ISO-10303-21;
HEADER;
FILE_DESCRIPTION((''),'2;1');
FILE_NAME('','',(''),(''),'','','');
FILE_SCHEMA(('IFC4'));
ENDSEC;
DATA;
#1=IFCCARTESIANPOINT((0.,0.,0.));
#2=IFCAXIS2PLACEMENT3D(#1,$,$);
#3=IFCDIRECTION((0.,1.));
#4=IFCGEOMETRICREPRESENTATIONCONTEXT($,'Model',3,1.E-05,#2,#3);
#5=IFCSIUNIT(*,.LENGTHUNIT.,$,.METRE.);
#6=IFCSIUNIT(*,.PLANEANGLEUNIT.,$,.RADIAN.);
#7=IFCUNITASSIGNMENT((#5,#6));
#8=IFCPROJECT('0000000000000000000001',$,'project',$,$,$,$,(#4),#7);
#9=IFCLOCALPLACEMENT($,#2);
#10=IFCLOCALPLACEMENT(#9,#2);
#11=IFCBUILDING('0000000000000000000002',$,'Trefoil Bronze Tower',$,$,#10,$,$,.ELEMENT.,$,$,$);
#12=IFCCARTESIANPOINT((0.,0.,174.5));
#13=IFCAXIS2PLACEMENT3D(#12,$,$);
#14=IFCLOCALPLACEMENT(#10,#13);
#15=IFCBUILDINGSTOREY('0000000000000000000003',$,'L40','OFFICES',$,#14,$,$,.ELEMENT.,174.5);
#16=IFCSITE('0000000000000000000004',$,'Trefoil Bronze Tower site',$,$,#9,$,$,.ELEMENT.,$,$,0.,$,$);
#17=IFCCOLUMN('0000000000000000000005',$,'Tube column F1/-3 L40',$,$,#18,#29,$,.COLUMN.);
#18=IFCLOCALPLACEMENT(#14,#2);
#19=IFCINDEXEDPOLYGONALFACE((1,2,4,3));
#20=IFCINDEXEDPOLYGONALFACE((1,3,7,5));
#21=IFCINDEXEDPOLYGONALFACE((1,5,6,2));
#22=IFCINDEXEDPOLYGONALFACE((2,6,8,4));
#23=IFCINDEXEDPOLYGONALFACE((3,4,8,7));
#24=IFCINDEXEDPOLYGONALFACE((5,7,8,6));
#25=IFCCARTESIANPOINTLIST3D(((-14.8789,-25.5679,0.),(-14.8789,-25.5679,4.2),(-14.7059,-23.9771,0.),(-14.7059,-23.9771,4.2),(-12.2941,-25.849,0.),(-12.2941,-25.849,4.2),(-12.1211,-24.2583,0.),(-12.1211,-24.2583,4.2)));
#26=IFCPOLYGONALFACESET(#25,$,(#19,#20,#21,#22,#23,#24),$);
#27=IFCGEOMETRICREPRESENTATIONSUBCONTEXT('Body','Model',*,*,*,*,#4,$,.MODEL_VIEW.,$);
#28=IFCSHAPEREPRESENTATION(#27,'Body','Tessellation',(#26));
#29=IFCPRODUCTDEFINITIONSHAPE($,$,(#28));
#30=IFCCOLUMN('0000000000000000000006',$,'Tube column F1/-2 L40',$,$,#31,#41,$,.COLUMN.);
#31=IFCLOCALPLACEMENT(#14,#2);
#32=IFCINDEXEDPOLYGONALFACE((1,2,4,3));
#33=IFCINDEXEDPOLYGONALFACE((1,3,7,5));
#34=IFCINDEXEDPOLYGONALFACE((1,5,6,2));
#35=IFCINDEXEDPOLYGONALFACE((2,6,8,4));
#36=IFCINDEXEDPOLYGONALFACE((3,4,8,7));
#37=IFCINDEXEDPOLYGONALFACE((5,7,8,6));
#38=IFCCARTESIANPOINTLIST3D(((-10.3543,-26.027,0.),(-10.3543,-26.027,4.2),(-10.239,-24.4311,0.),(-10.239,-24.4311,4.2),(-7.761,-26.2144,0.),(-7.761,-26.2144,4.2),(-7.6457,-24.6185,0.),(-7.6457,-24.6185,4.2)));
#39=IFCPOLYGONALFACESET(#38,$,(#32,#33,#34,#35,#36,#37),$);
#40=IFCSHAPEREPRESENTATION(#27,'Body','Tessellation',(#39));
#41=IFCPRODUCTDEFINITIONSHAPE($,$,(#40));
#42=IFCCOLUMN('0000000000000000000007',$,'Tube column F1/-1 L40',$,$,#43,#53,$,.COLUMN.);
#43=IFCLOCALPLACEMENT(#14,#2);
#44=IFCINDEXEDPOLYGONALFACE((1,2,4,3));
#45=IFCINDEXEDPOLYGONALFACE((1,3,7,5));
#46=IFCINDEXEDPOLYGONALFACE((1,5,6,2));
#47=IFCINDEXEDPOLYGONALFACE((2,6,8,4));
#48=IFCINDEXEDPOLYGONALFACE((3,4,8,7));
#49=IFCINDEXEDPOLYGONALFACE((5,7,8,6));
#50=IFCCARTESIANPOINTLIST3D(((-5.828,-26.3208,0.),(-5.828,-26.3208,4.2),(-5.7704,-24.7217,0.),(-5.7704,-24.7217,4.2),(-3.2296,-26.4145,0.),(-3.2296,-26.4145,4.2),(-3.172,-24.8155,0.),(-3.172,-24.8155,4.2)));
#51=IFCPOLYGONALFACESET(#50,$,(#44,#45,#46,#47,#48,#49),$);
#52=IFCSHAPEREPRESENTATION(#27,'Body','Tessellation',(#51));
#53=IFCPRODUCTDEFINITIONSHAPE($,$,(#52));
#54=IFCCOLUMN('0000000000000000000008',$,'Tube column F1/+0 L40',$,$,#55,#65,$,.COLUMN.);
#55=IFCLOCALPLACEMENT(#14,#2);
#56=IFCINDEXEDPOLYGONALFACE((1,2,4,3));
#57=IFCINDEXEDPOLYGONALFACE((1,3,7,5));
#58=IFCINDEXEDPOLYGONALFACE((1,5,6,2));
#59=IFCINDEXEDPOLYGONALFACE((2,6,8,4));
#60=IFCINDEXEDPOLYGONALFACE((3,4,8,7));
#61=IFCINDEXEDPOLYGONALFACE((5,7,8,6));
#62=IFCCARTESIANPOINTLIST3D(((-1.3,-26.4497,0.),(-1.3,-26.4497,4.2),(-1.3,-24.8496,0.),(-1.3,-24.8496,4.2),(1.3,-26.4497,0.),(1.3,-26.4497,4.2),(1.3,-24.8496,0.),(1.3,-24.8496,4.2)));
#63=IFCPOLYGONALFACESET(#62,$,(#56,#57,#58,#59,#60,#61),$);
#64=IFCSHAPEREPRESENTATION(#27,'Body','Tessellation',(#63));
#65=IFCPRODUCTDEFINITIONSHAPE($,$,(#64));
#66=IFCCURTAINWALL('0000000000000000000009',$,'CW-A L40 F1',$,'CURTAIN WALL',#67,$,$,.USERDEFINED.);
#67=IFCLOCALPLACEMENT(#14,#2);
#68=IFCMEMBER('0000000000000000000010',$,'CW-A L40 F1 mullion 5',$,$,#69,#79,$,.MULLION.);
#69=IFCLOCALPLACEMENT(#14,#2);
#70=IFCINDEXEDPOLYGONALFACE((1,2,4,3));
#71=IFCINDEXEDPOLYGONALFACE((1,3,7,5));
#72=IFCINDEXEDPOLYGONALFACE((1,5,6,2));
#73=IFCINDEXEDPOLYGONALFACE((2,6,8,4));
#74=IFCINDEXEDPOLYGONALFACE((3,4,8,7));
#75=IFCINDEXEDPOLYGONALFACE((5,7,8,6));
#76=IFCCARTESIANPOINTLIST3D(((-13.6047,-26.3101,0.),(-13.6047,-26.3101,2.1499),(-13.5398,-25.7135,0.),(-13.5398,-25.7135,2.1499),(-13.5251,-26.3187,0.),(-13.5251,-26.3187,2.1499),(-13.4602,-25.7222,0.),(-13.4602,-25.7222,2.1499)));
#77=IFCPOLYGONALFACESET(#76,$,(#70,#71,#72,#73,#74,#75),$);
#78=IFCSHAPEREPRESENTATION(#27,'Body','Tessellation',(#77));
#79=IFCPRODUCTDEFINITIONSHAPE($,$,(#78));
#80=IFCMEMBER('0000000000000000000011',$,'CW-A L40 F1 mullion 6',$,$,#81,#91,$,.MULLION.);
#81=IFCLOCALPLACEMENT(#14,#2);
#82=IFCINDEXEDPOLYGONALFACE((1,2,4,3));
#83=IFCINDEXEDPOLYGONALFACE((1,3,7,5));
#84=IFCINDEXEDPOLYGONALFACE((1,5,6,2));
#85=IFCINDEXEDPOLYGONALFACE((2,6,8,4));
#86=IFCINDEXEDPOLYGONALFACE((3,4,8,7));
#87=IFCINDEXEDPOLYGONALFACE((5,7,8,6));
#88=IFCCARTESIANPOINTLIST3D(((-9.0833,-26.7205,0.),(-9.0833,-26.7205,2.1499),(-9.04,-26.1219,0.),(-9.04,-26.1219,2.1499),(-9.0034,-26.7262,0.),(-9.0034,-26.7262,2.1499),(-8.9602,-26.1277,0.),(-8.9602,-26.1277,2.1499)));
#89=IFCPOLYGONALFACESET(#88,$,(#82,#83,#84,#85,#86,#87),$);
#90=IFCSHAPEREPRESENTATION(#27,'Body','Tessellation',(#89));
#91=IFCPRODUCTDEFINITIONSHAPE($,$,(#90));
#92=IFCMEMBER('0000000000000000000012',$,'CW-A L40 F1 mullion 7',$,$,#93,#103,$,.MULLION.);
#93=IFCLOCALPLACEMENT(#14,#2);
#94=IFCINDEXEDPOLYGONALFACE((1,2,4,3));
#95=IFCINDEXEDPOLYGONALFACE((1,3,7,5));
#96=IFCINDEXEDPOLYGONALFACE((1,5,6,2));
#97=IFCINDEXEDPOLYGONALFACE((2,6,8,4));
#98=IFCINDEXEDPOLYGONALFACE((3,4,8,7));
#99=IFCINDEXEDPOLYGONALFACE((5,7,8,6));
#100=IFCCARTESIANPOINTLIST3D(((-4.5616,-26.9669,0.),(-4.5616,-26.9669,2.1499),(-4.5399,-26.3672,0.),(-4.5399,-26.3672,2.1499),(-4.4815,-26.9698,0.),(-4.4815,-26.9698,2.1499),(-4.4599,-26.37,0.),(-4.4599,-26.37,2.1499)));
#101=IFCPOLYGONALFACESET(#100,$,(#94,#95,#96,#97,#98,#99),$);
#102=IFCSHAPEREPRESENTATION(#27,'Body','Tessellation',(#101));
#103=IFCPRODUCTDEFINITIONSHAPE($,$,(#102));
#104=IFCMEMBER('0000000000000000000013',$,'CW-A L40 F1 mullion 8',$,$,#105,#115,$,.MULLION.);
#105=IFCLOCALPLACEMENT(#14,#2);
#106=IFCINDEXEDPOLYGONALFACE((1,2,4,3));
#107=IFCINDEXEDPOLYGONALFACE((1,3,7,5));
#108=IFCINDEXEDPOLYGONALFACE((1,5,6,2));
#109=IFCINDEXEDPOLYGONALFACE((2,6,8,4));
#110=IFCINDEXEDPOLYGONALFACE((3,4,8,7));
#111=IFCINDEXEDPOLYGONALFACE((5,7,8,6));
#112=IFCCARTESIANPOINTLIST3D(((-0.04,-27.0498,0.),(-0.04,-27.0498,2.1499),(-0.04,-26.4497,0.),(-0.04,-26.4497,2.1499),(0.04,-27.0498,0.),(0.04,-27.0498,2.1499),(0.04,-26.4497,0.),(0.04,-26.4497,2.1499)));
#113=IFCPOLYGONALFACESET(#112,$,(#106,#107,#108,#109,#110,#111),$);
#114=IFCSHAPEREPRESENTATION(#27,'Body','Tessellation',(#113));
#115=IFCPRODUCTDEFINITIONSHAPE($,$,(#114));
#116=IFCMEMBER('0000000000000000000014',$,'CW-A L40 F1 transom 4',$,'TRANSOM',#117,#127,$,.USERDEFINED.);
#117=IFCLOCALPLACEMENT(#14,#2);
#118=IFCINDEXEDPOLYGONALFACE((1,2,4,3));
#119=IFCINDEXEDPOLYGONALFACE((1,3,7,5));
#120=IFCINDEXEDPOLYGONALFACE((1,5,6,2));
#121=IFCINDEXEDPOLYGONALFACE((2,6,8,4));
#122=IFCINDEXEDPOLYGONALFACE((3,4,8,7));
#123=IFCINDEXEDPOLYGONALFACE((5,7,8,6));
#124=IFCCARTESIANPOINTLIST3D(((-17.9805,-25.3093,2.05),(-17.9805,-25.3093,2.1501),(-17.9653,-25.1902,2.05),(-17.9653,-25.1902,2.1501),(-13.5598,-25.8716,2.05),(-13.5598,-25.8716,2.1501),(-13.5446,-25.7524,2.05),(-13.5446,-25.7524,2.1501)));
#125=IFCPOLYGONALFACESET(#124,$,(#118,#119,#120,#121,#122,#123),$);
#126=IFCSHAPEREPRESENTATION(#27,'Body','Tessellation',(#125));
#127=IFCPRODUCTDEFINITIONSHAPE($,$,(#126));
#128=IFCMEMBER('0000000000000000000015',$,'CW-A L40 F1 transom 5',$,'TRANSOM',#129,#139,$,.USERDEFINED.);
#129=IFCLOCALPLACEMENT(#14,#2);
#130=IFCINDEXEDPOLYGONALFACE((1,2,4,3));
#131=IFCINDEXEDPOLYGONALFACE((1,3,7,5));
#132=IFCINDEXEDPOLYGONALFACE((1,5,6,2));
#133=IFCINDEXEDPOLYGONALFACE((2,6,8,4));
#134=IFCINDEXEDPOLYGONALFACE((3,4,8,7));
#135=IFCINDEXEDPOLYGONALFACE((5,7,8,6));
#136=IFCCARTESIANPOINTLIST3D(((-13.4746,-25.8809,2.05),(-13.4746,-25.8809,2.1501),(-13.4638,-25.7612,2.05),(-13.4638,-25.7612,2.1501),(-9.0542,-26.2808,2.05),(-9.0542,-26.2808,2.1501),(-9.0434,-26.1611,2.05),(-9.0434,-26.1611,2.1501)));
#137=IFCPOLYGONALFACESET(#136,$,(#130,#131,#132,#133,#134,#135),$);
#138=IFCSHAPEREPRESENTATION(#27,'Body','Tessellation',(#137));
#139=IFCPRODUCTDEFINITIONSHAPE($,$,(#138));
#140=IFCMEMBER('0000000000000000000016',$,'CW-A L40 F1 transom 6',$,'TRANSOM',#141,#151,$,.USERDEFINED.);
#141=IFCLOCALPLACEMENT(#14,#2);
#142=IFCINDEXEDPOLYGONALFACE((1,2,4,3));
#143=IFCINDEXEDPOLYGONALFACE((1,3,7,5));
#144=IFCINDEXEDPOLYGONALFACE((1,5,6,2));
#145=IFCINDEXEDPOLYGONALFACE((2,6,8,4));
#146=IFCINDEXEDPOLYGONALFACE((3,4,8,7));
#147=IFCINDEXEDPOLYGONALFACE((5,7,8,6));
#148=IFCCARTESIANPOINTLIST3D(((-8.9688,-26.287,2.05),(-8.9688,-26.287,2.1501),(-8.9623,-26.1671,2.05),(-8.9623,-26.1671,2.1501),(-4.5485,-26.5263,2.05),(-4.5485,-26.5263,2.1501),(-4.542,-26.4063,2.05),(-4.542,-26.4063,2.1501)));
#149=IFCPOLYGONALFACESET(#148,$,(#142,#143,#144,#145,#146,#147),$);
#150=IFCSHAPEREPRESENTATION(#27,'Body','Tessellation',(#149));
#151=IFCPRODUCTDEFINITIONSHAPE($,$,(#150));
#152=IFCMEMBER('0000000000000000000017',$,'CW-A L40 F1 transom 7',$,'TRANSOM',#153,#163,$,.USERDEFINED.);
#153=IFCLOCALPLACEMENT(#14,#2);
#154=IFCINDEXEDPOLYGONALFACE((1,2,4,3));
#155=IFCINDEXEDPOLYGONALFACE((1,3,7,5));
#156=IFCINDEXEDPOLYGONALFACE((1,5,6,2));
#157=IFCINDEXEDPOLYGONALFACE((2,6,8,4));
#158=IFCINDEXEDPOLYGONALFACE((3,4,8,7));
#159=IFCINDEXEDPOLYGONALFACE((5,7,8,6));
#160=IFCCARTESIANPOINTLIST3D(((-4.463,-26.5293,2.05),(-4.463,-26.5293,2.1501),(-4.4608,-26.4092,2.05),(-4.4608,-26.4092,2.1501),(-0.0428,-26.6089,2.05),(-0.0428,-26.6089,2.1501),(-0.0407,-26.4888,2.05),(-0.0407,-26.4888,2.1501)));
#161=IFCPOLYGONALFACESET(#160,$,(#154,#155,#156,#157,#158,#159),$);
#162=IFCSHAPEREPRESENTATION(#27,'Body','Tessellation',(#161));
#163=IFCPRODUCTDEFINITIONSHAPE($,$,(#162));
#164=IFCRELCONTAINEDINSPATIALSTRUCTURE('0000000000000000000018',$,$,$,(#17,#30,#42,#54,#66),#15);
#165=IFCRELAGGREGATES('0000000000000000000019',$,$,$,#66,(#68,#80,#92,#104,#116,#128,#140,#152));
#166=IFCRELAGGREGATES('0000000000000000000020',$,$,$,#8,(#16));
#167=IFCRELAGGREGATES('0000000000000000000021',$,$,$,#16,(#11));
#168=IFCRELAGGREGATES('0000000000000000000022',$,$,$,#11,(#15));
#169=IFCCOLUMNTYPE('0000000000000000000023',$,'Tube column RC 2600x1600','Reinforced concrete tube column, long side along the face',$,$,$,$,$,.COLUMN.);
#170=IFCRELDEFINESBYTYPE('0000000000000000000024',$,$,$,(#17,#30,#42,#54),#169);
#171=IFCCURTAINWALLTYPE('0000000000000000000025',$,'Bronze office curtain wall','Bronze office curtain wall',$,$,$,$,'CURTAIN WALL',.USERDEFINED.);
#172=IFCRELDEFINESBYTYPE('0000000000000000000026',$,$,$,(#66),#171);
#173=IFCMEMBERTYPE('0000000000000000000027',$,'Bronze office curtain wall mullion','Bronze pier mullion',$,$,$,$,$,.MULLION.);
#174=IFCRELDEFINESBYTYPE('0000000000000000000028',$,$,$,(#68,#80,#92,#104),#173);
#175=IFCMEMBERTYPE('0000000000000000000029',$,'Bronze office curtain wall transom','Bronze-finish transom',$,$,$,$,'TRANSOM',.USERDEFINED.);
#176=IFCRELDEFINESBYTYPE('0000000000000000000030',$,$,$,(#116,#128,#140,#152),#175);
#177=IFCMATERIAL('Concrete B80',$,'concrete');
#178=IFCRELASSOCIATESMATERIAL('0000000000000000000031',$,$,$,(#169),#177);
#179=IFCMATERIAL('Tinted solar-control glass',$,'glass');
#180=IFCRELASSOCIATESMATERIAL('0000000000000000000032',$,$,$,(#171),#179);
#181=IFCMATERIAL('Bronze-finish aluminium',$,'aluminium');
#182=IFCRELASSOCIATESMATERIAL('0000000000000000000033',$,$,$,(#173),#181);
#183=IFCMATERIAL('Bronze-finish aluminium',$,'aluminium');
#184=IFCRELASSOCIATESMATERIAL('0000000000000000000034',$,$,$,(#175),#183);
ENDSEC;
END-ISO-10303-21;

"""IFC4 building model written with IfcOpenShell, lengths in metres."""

from ifc_helpers import new_model, si_unit, direction, frame, origin, origin_2d, place, context, subcontext, project, spatial, rectangle, extrude, material, material_profile, profile_set, type_object, element, aggregate, save


model = new_model("IFC4")

# Units and contexts
model_context = context("Model", 3, precision=1e-05, world=origin(), true_north=direction((0.0, 1.0)))
body_context = subcontext(model_context, "Body", "Model", "MODEL_VIEW")
ifc_project = project(units=[si_unit("LENGTHUNIT", "METRE"), si_unit("PLANEANGLEUNIT", "RADIAN")], contexts=[model_context])

# Site, building, storey
site_placement = place(None, origin())
site = spatial("IfcSite", under=ifc_project, at=site_placement, Name="Trefoil Bronze Tower site", CompositionType="ELEMENT", RefElevation=0.0)
building_placement = place(site_placement, origin())
building = spatial("IfcBuilding", under=site, at=building_placement, Name="Trefoil Bronze Tower", CompositionType="ELEMENT")
storey_placement = place(building_placement, frame((0.0, 0.0, 174.5)))
storey = spatial("IfcBuildingStorey", under=building, at=storey_placement, Name="L40", Description="OFFICES", CompositionType="ELEMENT", Elevation=174.5)

# Columns
ifc_material_1 = material(Name="Concrete B80", Category="concrete")
ifc_material_profile_1 = material_profile(ifc_material_1, rectangle(XDim=2.6001, YDim=1.6001, at=origin_2d()), Name="RC 2600x1600")
ifc_profile_set_1 = profile_set([ifc_material_profile_1], Name="Concrete B80")
column_type = type_object("IfcColumnType", Name="Tube column RC 2600x1600", Description="Reinforced concrete tube column, long side along the face", PredefinedType="COLUMN", material=ifc_profile_set_1)
for number, where, z_axis, x_axis, name in (
    (1, (-13.5, -24.9131, 0.0), (0.0, 0.0, 1.0), (0.994135, -0.108144, 0.0), "Tube column F1/-3 L40"),
    (2, (-9.0, -25.3228, 0.0), (0.0, 0.0, 1.0), (0.997398, -0.072096, 0.0), "Tube column F1/-2 L40"),
    (3, (-4.5, -25.5681, 0.0), (0.0, 0.0, 1.0), (0.99935, -0.036048, 0.0), "Tube column F1/-1 L40"),
    (4, (0.0, -25.6497, 0.0), (0.0, 0.0, 1.0), (1.0, 0.0, 0.0), "Tube column F1/+0 L40"),
):
    element("IfcColumn", number, at=place(storey_placement, frame(where, z_axis=z_axis, x_axis=x_axis)), inside=storey, type_object=column_type, Name=name, PredefinedType="COLUMN", context=body_context, shape_type="SweptSolid", body=[
        extrude(rectangle(XDim=2.6001, YDim=1.6001, at=origin_2d()), origin(), (0.0, 0.0, 1.0), 4.2),
    ])

# Curtain wall, members
ifc_material_2 = material(Name="Tinted solar-control glass", Category="glass")
curtain_wall_type = type_object("IfcCurtainWallType", Name="Bronze office curtain wall", Description="Bronze office curtain wall", ElementType="CURTAIN WALL", PredefinedType="USERDEFINED", material=ifc_material_2)
curtain_wall_placement = place(storey_placement, origin())
curtain_wall = element("IfcCurtainWall", 5, at=curtain_wall_placement, inside=storey, type_object=curtain_wall_type, Name="CW-A L40 F1", ObjectType="CURTAIN WALL", PredefinedType="USERDEFINED")
ifc_material_3 = material(Name="Bronze-finish aluminium", Category="aluminium")
ifc_material_profile_2 = material_profile(ifc_material_3, rectangle(XDim=0.6001, YDim=0.0801, at=origin_2d()), Name="CW-A mullion")
ifc_profile_set_2 = profile_set([ifc_material_profile_2], Name="Bronze-finish aluminium")
member_type_1 = type_object("IfcMemberType", Name="Bronze office curtain wall mullion", Description="Bronze pier mullion", PredefinedType="MULLION", material=ifc_profile_set_2)
member_1_placement = place(storey_placement, frame((-13.5325, -26.0161, 0.0), z_axis=(0.0, 0.0, 1.0), x_axis=(0.108144, 0.994135, 0.0)))
member_1 = element("IfcMember", 6, at=member_1_placement, type_object=member_type_1, Name="CW-A L40 F1 mullion 5", PredefinedType="MULLION", context=body_context, shape_type="SweptSolid", body=[
    extrude(rectangle(XDim=0.6001, YDim=0.0801, at=origin_2d()), origin(), (0.0, 0.0, 1.0), 2.1499),
])
member_2_placement = place(storey_placement, frame((-9.0217, -26.4241, 0.0), z_axis=(0.0, 0.0, 1.0), x_axis=(0.072096, 0.997398, 0.0)))
member_2 = element("IfcMember", 7, at=member_2_placement, type_object=member_type_1, Name="CW-A L40 F1 mullion 6", PredefinedType="MULLION", context=body_context, shape_type="SweptSolid", body=[
    extrude(rectangle(XDim=0.6001, YDim=0.0801, at=origin_2d()), origin(), (0.0, 0.0, 1.0), 2.1499),
])
member_3_placement = place(storey_placement, frame((-4.5107, -26.6685, 0.0), z_axis=(0.0, 0.0, 1.0), x_axis=(0.036048, 0.99935, 0.0)))
member_3 = element("IfcMember", 8, at=member_3_placement, type_object=member_type_1, Name="CW-A L40 F1 mullion 7", PredefinedType="MULLION", context=body_context, shape_type="SweptSolid", body=[
    extrude(rectangle(XDim=0.6001, YDim=0.0801, at=origin_2d()), origin(), (0.0, 0.0, 1.0), 2.1499),
])
member_4_placement = place(storey_placement, frame((0.0, -26.7498, 0.0), z_axis=(0.0, 0.0, 1.0), x_axis=(0.0, 1.0, 0.0)))
member_4 = element("IfcMember", 9, at=member_4_placement, type_object=member_type_1, Name="CW-A L40 F1 mullion 8", PredefinedType="MULLION", context=body_context, shape_type="SweptSolid", body=[
    extrude(rectangle(XDim=0.6001, YDim=0.0801, at=origin_2d()), origin(), (0.0, 0.0, 1.0), 2.1499),
])
ifc_material_4 = material(Name="Bronze-finish aluminium", Category="aluminium")
ifc_material_profile_3 = material_profile(ifc_material_4, rectangle(XDim=0.1201, YDim=0.1001, at=origin_2d()), Name="CW-A transom")
ifc_profile_set_3 = profile_set([ifc_material_profile_3], Name="Bronze-finish aluminium")
member_type_2 = type_object("IfcMemberType", Name="Bronze office curtain wall transom", Description="Bronze-finish transom", ElementType="TRANSOM", PredefinedType="USERDEFINED", material=ifc_profile_set_3)
member_5_placement = place(storey_placement, frame((-17.9729, -25.2498, 2.1001), z_axis=(0.992008, -0.126172, 0.0), x_axis=(0.126172, 0.992008, 0.0)))
member_5 = element("IfcMember", 10, at=member_5_placement, type_object=member_type_2, Name="CW-A L40 F1 transom 4", ObjectType="TRANSOM", PredefinedType="USERDEFINED", context=body_context, shape_type="SweptSolid", body=[
    extrude(rectangle(XDim=0.1201, YDim=0.1001, at=origin_2d()), origin(), (0.0, 0.0, 1.0), 4.4563),
])
member_6_placement = place(storey_placement, frame((-13.4692, -25.821, 2.1001), z_axis=(0.995933, -0.090099, 0.0), x_axis=(0.090099, 0.995933, 0.0)))
member_6 = element("IfcMember", 11, at=member_6_placement, type_object=member_type_2, Name="CW-A L40 F1 transom 5", ObjectType="TRANSOM", PredefinedType="USERDEFINED", context=body_context, shape_type="SweptSolid", body=[
    extrude(rectangle(XDim=0.1201, YDim=0.1001, at=origin_2d()), origin(), (0.0, 0.0, 1.0), 4.4385),
])
member_7_placement = place(storey_placement, frame((-8.9656, -26.2271, 2.1001), z_axis=(0.998538, -0.05405, 0.0), x_axis=(0.05405, 0.998538, 0.0)))
member_7 = element("IfcMember", 12, at=member_7_placement, type_object=member_type_2, Name="CW-A L40 F1 transom 6", ObjectType="TRANSOM", PredefinedType="USERDEFINED", context=body_context, shape_type="SweptSolid", body=[
    extrude(rectangle(XDim=0.1201, YDim=0.1001, at=origin_2d()), origin(), (0.0, 0.0, 1.0), 4.4268),
])
member_8_placement = place(storey_placement, frame((-4.4619, -26.4692, 2.1001), z_axis=(0.999838, -0.018003, 0.0), x_axis=(0.018003, 0.999838, 0.0)))
member_8 = element("IfcMember", 13, at=member_8_placement, type_object=member_type_2, Name="CW-A L40 F1 transom 7", ObjectType="TRANSOM", PredefinedType="USERDEFINED", context=body_context, shape_type="SweptSolid", body=[
    extrude(rectangle(XDim=0.1201, YDim=0.1001, at=origin_2d()), origin(), (0.0, 0.0, 1.0), 4.4209),
])

aggregate(curtain_wall, [member_1, member_2, member_3, member_4, member_5, member_6, member_7, member_8])

save(model, "model.ifc")
